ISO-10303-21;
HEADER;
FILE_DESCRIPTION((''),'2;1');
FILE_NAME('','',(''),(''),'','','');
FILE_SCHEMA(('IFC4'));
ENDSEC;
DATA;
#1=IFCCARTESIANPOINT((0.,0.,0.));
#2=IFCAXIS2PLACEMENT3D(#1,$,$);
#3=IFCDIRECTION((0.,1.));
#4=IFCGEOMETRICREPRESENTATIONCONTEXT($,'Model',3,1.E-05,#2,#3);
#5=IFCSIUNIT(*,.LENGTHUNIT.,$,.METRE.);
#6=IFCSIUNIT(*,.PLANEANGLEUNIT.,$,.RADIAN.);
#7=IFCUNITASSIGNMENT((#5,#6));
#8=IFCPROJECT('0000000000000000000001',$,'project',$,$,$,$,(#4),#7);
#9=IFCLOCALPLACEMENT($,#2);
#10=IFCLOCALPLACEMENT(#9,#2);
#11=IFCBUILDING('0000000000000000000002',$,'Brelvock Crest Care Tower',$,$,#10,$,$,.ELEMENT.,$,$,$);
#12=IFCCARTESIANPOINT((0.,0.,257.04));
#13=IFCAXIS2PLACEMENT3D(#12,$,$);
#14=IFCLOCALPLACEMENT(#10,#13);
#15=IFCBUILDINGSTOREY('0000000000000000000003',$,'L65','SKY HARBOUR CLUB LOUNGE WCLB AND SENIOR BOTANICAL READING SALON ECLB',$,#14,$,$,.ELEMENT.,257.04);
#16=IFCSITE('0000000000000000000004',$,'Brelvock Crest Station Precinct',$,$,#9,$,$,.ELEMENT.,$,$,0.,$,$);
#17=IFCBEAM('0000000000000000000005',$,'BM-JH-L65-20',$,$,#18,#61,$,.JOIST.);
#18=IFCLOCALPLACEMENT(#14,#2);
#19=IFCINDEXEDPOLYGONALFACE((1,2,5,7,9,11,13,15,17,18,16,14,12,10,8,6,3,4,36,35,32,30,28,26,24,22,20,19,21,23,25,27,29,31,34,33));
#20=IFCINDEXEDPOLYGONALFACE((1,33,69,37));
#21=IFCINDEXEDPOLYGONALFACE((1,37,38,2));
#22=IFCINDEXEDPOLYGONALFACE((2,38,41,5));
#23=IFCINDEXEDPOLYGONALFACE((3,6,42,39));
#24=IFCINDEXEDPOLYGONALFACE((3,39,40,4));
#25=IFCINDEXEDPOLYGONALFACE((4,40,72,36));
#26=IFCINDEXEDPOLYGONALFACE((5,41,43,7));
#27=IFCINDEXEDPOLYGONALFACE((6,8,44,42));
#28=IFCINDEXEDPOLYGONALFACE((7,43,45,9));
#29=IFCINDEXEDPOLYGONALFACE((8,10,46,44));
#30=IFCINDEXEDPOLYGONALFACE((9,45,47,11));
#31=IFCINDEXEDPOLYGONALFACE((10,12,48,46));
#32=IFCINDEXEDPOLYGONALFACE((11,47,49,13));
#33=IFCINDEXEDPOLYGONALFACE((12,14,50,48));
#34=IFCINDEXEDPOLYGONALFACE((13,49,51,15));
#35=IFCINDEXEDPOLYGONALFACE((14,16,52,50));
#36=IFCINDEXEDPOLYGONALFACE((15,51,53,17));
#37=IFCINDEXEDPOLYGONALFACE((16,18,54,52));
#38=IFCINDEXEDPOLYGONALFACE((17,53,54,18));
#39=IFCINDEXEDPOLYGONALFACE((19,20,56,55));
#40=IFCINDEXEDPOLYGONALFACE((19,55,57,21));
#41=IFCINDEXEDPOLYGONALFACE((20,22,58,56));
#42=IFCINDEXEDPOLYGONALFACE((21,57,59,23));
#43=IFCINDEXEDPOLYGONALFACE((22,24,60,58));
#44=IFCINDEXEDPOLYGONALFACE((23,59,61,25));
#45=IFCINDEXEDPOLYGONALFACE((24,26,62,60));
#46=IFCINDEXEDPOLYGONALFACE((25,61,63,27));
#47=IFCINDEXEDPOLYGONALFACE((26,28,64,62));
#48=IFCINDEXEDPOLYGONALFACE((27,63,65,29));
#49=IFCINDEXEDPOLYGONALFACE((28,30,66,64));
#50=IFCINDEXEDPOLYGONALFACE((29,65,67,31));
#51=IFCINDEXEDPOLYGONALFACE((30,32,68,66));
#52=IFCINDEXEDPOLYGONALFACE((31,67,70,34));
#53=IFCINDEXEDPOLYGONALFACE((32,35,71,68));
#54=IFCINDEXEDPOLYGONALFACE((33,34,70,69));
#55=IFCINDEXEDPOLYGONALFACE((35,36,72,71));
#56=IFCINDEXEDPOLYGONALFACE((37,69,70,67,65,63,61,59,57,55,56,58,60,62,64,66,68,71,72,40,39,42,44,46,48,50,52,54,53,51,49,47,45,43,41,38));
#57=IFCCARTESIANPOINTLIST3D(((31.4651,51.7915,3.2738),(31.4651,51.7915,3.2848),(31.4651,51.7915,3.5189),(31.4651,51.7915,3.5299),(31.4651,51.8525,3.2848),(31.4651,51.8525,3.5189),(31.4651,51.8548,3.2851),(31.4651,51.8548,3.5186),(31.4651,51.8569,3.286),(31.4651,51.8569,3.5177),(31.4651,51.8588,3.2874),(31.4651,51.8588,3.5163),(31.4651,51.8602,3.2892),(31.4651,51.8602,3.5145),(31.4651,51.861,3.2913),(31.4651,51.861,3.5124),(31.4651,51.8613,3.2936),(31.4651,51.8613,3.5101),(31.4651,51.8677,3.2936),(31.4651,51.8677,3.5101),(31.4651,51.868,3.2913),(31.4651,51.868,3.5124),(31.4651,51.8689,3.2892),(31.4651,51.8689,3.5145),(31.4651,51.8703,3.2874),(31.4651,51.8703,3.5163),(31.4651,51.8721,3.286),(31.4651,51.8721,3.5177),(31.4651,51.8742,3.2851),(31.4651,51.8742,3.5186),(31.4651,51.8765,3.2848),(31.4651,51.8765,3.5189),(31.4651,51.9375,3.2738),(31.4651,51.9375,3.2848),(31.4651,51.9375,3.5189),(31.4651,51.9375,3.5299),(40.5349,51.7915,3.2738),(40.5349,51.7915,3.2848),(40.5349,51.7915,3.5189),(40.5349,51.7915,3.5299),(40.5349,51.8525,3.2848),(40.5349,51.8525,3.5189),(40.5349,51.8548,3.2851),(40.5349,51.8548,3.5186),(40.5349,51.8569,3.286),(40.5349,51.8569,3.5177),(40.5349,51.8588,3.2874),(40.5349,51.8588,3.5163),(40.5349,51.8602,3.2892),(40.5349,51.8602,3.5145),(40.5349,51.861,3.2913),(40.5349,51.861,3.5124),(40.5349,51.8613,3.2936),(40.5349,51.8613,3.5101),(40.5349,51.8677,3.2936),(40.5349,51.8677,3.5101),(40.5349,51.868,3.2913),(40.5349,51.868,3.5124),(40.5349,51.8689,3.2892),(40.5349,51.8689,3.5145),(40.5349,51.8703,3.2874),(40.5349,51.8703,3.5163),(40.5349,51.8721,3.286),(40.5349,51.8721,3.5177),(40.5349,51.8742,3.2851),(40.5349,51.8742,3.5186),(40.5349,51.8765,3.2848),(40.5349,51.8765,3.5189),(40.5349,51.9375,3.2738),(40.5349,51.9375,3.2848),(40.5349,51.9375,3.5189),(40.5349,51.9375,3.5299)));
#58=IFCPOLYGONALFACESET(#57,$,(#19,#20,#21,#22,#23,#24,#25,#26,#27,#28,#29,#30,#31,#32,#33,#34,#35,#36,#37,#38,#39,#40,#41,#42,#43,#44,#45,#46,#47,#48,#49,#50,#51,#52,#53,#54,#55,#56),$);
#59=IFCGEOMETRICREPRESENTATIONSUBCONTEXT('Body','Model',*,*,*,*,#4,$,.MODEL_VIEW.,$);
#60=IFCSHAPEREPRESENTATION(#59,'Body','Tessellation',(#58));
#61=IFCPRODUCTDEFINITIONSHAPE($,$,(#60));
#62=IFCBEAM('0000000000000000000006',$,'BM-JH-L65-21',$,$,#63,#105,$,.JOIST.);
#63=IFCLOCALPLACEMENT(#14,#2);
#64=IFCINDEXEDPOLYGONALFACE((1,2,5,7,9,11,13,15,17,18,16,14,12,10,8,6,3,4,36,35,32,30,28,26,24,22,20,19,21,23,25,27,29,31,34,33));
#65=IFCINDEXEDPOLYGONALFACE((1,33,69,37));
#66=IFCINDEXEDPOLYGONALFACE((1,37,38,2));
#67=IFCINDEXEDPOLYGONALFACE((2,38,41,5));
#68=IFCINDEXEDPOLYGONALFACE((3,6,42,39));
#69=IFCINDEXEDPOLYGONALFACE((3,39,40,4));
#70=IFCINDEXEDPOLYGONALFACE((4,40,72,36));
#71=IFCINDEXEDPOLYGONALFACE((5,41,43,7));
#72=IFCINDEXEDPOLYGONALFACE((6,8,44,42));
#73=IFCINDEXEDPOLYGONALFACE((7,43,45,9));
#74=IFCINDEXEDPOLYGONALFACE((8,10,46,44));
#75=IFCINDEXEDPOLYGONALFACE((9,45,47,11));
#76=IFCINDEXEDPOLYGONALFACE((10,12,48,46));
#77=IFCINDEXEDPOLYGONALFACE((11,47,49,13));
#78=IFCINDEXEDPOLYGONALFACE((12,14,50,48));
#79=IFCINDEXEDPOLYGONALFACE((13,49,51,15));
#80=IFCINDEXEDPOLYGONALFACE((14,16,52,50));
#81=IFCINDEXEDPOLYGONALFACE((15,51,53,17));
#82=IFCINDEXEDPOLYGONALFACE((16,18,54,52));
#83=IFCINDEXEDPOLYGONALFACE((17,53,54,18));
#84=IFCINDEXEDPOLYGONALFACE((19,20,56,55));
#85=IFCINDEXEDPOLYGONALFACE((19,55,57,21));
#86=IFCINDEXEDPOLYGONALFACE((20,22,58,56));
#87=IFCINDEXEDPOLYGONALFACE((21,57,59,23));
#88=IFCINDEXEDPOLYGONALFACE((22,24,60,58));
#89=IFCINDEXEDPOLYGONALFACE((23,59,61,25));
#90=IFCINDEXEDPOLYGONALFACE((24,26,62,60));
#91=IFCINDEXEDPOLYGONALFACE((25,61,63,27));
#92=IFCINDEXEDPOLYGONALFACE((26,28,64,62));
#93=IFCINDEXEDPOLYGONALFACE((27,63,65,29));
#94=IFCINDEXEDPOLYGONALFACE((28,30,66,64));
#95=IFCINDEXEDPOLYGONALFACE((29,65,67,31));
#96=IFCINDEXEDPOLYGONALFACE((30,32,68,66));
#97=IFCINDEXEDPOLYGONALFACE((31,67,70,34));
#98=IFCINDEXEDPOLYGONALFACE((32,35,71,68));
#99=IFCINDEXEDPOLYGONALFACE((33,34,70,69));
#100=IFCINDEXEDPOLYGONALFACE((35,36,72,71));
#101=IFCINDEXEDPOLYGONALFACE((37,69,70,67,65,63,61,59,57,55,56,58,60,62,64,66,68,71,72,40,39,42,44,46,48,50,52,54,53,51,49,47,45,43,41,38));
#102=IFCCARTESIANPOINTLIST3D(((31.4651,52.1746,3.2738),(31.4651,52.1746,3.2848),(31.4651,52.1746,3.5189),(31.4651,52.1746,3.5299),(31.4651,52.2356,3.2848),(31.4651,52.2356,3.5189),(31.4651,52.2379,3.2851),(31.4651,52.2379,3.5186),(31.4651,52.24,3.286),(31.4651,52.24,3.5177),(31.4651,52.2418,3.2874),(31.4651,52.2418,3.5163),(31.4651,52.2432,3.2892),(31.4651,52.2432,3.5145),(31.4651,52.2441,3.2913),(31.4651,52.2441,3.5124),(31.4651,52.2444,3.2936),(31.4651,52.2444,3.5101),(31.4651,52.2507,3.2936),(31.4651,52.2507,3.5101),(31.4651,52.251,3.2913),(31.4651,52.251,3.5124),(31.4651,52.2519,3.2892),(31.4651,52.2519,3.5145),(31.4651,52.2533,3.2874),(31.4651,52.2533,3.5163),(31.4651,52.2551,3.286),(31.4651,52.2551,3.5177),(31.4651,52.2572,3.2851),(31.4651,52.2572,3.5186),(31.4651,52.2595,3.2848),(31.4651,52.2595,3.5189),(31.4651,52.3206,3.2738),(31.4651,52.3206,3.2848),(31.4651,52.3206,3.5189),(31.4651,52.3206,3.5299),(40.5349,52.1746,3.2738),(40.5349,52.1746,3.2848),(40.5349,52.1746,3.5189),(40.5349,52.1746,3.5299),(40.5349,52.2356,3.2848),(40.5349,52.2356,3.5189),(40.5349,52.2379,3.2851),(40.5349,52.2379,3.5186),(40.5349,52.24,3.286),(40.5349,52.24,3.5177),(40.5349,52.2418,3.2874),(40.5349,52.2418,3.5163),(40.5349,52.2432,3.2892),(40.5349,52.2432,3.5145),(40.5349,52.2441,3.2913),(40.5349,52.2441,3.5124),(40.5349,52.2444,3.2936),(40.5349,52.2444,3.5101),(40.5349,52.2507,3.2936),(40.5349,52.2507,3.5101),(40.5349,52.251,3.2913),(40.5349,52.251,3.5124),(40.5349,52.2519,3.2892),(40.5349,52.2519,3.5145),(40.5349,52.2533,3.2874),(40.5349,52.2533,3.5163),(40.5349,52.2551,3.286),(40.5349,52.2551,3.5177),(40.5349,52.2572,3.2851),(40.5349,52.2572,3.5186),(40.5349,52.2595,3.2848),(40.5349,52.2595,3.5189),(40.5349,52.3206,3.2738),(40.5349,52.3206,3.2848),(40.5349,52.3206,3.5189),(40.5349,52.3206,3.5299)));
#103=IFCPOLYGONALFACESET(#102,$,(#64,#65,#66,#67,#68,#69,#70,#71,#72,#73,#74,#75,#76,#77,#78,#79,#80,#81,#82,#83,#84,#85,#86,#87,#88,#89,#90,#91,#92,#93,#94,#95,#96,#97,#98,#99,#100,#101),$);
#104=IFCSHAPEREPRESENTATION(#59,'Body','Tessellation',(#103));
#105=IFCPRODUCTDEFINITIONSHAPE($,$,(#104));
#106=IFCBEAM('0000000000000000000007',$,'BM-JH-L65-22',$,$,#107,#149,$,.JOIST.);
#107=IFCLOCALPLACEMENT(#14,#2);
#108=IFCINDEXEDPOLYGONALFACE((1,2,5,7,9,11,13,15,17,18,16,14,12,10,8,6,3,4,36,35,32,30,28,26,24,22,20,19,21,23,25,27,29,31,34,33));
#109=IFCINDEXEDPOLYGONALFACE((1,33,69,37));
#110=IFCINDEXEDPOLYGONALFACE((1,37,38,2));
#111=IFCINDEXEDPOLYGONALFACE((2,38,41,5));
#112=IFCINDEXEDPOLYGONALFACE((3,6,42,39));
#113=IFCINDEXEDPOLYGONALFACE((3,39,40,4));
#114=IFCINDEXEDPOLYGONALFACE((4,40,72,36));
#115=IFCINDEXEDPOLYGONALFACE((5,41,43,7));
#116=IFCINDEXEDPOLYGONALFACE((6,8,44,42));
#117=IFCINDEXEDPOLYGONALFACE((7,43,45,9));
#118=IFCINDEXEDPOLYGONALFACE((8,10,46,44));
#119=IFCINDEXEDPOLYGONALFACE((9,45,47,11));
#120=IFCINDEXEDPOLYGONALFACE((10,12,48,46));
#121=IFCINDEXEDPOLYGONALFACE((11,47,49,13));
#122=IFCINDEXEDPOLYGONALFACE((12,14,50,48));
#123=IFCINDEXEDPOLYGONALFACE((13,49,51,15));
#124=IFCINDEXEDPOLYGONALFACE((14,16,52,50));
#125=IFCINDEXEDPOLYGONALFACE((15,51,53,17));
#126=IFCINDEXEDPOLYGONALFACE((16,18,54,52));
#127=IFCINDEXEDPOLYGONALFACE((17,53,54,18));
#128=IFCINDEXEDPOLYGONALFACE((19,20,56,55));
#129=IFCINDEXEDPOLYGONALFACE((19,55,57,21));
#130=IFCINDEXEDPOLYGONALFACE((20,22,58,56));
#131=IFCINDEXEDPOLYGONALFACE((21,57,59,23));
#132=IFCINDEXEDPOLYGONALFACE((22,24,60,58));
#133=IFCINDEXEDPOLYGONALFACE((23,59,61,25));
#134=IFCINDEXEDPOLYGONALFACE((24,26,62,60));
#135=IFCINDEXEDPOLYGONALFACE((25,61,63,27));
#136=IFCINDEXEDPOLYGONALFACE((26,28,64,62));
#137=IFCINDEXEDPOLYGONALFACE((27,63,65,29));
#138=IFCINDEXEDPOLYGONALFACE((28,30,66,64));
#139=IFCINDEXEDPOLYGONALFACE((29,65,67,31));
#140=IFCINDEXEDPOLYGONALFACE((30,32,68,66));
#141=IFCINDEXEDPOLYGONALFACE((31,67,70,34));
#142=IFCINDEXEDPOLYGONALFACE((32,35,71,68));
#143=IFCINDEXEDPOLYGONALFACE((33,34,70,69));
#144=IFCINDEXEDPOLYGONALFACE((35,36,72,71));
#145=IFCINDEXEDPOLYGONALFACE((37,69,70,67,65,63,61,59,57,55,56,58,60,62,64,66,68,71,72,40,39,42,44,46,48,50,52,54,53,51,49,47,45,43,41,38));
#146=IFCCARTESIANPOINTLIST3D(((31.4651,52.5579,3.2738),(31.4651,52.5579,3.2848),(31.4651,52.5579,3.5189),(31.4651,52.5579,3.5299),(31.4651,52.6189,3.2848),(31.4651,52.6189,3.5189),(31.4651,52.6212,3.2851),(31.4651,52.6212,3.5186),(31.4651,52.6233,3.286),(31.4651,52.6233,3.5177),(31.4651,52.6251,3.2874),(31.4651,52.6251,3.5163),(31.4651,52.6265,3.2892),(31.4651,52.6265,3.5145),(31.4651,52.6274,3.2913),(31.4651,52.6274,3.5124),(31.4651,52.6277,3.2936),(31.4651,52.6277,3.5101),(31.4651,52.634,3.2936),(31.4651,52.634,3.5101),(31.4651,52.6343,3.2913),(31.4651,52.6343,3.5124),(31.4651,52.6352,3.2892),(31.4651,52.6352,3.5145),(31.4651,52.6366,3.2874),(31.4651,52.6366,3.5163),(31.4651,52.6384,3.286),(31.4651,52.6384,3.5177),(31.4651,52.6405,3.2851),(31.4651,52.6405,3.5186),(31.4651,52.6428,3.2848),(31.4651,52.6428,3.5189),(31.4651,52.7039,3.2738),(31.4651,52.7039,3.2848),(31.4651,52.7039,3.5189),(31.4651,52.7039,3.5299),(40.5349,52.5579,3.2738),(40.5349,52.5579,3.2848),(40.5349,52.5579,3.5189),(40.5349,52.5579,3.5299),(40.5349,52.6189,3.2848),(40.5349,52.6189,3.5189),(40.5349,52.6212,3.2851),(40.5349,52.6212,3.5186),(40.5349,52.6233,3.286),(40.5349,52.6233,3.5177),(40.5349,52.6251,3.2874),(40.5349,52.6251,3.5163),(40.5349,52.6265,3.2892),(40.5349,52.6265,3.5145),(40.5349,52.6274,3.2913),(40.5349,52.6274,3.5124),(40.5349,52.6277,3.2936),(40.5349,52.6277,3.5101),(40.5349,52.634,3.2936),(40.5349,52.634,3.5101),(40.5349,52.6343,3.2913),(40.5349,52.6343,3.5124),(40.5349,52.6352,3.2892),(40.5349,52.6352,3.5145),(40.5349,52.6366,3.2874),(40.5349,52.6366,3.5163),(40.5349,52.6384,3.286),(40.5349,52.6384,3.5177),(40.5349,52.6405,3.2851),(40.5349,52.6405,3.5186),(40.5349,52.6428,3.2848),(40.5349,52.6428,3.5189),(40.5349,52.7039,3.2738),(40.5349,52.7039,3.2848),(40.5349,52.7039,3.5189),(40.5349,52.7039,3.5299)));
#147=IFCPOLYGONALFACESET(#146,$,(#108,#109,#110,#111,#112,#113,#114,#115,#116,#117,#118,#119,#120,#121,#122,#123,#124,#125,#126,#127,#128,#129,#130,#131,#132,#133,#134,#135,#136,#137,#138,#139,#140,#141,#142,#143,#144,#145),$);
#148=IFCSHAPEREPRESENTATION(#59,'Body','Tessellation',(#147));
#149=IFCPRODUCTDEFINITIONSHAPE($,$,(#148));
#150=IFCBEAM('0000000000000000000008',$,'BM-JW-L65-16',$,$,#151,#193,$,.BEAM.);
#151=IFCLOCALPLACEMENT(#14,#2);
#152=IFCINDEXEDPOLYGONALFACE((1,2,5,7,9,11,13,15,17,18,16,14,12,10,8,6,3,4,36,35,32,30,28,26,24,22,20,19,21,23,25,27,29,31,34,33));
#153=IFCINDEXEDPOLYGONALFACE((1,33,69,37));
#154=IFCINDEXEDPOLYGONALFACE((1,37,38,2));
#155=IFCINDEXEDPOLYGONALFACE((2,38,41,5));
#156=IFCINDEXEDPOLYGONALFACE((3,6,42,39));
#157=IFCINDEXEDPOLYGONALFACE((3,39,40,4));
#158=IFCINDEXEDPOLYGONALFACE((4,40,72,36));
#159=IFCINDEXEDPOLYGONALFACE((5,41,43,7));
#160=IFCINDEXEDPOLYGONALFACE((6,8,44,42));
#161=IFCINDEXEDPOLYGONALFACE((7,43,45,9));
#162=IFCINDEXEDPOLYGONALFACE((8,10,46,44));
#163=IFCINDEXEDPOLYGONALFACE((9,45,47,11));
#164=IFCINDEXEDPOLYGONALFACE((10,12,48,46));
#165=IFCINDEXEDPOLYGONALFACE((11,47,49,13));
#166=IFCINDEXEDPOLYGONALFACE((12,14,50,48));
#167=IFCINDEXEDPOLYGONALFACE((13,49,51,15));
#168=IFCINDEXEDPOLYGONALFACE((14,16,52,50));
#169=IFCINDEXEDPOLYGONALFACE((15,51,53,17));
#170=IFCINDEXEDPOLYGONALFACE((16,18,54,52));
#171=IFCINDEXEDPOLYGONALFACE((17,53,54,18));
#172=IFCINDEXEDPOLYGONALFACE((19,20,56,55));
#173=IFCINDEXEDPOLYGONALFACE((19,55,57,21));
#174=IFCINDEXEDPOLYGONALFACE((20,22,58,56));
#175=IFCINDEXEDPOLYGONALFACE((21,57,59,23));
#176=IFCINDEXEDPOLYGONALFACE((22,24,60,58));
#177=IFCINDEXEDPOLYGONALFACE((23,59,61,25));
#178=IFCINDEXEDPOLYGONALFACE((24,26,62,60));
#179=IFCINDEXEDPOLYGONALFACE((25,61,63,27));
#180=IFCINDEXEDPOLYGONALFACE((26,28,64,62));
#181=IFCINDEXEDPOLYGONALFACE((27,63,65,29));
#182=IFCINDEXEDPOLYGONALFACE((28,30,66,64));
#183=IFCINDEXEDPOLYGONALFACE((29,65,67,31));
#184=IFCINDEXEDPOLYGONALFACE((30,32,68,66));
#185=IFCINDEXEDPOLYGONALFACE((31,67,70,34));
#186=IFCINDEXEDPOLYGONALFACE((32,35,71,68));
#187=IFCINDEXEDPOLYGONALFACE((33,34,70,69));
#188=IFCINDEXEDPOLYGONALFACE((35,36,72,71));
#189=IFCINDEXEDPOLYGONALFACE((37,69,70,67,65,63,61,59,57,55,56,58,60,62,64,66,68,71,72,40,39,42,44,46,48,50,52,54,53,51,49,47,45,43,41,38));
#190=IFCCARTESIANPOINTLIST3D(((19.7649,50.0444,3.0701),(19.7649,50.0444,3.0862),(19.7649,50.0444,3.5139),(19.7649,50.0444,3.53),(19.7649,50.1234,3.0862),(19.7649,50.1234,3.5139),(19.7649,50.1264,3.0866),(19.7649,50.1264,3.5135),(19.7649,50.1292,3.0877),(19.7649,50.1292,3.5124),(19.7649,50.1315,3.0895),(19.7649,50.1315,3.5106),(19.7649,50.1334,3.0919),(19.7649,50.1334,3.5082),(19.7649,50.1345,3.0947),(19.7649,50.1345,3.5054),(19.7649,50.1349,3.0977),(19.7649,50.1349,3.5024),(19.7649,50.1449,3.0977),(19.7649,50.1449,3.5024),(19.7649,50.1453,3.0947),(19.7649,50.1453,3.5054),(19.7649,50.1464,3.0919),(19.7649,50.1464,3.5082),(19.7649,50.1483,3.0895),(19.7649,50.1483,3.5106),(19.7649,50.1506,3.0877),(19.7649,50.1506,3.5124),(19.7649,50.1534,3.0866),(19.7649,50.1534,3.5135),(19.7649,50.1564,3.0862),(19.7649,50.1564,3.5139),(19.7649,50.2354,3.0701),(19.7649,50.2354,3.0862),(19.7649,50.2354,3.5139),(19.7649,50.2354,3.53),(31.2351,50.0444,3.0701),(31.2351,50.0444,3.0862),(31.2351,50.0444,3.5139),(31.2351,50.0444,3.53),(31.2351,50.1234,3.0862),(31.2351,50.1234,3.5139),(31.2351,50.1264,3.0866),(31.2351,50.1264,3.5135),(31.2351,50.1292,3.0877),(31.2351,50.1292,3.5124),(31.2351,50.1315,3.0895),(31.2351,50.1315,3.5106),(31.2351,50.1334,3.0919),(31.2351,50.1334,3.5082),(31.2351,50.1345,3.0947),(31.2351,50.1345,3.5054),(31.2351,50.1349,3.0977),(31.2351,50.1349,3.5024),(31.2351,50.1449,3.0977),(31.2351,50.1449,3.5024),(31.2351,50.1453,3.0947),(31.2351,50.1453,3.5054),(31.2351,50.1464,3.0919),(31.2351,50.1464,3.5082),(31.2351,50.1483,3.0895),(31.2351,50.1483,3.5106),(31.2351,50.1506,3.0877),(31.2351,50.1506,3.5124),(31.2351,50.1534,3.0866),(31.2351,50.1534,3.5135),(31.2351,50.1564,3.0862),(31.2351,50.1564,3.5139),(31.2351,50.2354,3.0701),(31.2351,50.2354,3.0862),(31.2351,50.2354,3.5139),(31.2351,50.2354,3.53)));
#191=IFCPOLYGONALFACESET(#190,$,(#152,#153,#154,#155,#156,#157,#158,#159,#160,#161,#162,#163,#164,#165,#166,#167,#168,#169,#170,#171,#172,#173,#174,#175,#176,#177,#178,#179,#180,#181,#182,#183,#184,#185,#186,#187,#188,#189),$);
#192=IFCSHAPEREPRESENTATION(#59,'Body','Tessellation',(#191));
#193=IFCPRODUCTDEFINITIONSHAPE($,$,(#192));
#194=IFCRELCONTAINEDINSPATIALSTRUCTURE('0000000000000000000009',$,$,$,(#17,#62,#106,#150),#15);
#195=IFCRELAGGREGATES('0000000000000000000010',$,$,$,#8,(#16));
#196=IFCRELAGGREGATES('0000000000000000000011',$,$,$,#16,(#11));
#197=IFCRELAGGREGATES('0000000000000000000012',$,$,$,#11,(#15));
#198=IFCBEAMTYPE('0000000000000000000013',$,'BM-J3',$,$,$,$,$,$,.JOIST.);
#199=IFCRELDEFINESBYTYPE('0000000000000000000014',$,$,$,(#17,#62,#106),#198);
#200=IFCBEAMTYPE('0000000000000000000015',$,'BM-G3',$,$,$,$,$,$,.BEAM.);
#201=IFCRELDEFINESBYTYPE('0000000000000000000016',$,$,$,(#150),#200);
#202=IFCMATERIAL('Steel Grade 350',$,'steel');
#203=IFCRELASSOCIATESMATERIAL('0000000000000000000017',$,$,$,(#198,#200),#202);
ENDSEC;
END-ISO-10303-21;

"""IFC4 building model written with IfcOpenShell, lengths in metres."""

from ifc_helpers import new_model, si_unit, direction, frame, origin, origin_2d, place, context, subcontext, project, spatial, i_section, extrude, source, transform, mapped, material, material_profile, profile_set, type_object, element, save


model = new_model("IFC4")

# Units and contexts
model_context = context("Model", 3, precision=1e-05, world=origin(), true_north=direction((0.0, 1.0)))
body_context = subcontext(model_context, "Body", "Model", "MODEL_VIEW")
ifc_project = project(units=[si_unit("LENGTHUNIT", "METRE"), si_unit("PLANEANGLEUNIT", "RADIAN")], contexts=[model_context])

# Site, building, storey
site_placement = place(None, origin())
site = spatial("IfcSite", under=ifc_project, at=site_placement, Name="Brelvock Crest Station Precinct", CompositionType="ELEMENT", RefElevation=0.0)
building_placement = place(site_placement, origin())
building = spatial("IfcBuilding", under=site, at=building_placement, Name="Brelvock Crest Care Tower", CompositionType="ELEMENT")
storey_placement = place(building_placement, frame((0.0, 0.0, 257.04)))
storey = spatial("IfcBuildingStorey", under=building, at=storey_placement, Name="L65", Description="SKY HARBOUR CLUB LOUNGE WCLB AND SENIOR BOTANICAL READING SALON ECLB", CompositionType="ELEMENT", Elevation=257.04)

# Beams
ifc_material = material(Name="Steel Grade 350", Category="steel")
ifc_material_profile_1 = material_profile(ifc_material, i_section(OverallWidth=0.146, OverallDepth=0.2561, WebThickness=0.0063, FlangeThickness=0.011, FilletRadius=0.0088, at=origin_2d()), Name="250UB37.3")
ifc_profile_set_1 = profile_set([ifc_material_profile_1], Name="Steel Grade 350")
beam_type_1 = type_object("IfcBeamType", Name="BM-J3", PredefinedType="JOIST", material=ifc_profile_set_1)
shared_shape_1 = source(origin(), body_context, "Body", "SweptSolid", [
    extrude(i_section(OverallWidth=0.146, OverallDepth=0.2561, WebThickness=0.0063, FlangeThickness=0.011, FilletRadius=0.0088, at=origin_2d()), origin(), (0.0, 0.0, 1.0), 9.0698),
])
for number, where, z_axis, x_axis, name in (
    (1, (31.4651, 51.8645, 3.4019), (1.0, 0.0, 0.0), (0.0, 1.0, 0.0), "BM-JH-L65-20"),
    (2, (31.4651, 52.2476, 3.4019), (1.0, 0.0, 0.0), (0.0, 1.0, 0.0), "BM-JH-L65-21"),
    (3, (31.4651, 52.6309, 3.4019), (1.0, 0.0, 0.0), (0.0, 1.0, 0.0), "BM-JH-L65-22"),
):
    element("IfcBeam", number, at=place(storey_placement, frame(where, z_axis=z_axis, x_axis=x_axis)), inside=storey, type_object=beam_type_1, Name=name, PredefinedType="JOIST", context=body_context, shape_type="MappedRepresentation", body=[
        mapped(shared_shape_1, transform((0.0, 0.0, 0.0), x_axis=(1.0, 0.0, 0.0), y_axis=(0.0, 1.0, 0.0), z_axis=(0.0, 0.0, 1.0), scale=1.0)),
    ])
ifc_material_profile_2 = material_profile(ifc_material, i_section(OverallWidth=0.1909, OverallDepth=0.46, WebThickness=0.01, FlangeThickness=0.0161, FilletRadius=0.0115, at=origin_2d()), Name="460UB82.1")
ifc_profile_set_2 = profile_set([ifc_material_profile_2], Name="Steel Grade 350")
beam_type_2 = type_object("IfcBeamType", Name="BM-G3", PredefinedType="BEAM", material=ifc_profile_set_2)
shared_shape_2 = source(origin(), body_context, "Body", "SweptSolid", [
    extrude(i_section(OverallWidth=0.1909, OverallDepth=0.46, WebThickness=0.01, FlangeThickness=0.0161, FilletRadius=0.0115, at=origin_2d()), origin(), (0.0, 0.0, 1.0), 11.4702),
])
for number, where, z_axis, x_axis, name in (
    (4, (19.7649, 50.1399, 3.3), (1.0, 0.0, 0.0), (0.0, 1.0, 0.0), "BM-JW-L65-16"),
):
    element("IfcBeam", number, at=place(storey_placement, frame(where, z_axis=z_axis, x_axis=x_axis)), inside=storey, type_object=beam_type_2, Name=name, PredefinedType="BEAM", context=body_context, shape_type="MappedRepresentation", body=[
        mapped(shared_shape_2, transform((0.0, 0.0, 0.0), x_axis=(1.0, 0.0, 0.0), y_axis=(0.0, 1.0, 0.0), z_axis=(0.0, 0.0, 1.0), scale=1.0)),
    ])

save(model, "model.ifc")
